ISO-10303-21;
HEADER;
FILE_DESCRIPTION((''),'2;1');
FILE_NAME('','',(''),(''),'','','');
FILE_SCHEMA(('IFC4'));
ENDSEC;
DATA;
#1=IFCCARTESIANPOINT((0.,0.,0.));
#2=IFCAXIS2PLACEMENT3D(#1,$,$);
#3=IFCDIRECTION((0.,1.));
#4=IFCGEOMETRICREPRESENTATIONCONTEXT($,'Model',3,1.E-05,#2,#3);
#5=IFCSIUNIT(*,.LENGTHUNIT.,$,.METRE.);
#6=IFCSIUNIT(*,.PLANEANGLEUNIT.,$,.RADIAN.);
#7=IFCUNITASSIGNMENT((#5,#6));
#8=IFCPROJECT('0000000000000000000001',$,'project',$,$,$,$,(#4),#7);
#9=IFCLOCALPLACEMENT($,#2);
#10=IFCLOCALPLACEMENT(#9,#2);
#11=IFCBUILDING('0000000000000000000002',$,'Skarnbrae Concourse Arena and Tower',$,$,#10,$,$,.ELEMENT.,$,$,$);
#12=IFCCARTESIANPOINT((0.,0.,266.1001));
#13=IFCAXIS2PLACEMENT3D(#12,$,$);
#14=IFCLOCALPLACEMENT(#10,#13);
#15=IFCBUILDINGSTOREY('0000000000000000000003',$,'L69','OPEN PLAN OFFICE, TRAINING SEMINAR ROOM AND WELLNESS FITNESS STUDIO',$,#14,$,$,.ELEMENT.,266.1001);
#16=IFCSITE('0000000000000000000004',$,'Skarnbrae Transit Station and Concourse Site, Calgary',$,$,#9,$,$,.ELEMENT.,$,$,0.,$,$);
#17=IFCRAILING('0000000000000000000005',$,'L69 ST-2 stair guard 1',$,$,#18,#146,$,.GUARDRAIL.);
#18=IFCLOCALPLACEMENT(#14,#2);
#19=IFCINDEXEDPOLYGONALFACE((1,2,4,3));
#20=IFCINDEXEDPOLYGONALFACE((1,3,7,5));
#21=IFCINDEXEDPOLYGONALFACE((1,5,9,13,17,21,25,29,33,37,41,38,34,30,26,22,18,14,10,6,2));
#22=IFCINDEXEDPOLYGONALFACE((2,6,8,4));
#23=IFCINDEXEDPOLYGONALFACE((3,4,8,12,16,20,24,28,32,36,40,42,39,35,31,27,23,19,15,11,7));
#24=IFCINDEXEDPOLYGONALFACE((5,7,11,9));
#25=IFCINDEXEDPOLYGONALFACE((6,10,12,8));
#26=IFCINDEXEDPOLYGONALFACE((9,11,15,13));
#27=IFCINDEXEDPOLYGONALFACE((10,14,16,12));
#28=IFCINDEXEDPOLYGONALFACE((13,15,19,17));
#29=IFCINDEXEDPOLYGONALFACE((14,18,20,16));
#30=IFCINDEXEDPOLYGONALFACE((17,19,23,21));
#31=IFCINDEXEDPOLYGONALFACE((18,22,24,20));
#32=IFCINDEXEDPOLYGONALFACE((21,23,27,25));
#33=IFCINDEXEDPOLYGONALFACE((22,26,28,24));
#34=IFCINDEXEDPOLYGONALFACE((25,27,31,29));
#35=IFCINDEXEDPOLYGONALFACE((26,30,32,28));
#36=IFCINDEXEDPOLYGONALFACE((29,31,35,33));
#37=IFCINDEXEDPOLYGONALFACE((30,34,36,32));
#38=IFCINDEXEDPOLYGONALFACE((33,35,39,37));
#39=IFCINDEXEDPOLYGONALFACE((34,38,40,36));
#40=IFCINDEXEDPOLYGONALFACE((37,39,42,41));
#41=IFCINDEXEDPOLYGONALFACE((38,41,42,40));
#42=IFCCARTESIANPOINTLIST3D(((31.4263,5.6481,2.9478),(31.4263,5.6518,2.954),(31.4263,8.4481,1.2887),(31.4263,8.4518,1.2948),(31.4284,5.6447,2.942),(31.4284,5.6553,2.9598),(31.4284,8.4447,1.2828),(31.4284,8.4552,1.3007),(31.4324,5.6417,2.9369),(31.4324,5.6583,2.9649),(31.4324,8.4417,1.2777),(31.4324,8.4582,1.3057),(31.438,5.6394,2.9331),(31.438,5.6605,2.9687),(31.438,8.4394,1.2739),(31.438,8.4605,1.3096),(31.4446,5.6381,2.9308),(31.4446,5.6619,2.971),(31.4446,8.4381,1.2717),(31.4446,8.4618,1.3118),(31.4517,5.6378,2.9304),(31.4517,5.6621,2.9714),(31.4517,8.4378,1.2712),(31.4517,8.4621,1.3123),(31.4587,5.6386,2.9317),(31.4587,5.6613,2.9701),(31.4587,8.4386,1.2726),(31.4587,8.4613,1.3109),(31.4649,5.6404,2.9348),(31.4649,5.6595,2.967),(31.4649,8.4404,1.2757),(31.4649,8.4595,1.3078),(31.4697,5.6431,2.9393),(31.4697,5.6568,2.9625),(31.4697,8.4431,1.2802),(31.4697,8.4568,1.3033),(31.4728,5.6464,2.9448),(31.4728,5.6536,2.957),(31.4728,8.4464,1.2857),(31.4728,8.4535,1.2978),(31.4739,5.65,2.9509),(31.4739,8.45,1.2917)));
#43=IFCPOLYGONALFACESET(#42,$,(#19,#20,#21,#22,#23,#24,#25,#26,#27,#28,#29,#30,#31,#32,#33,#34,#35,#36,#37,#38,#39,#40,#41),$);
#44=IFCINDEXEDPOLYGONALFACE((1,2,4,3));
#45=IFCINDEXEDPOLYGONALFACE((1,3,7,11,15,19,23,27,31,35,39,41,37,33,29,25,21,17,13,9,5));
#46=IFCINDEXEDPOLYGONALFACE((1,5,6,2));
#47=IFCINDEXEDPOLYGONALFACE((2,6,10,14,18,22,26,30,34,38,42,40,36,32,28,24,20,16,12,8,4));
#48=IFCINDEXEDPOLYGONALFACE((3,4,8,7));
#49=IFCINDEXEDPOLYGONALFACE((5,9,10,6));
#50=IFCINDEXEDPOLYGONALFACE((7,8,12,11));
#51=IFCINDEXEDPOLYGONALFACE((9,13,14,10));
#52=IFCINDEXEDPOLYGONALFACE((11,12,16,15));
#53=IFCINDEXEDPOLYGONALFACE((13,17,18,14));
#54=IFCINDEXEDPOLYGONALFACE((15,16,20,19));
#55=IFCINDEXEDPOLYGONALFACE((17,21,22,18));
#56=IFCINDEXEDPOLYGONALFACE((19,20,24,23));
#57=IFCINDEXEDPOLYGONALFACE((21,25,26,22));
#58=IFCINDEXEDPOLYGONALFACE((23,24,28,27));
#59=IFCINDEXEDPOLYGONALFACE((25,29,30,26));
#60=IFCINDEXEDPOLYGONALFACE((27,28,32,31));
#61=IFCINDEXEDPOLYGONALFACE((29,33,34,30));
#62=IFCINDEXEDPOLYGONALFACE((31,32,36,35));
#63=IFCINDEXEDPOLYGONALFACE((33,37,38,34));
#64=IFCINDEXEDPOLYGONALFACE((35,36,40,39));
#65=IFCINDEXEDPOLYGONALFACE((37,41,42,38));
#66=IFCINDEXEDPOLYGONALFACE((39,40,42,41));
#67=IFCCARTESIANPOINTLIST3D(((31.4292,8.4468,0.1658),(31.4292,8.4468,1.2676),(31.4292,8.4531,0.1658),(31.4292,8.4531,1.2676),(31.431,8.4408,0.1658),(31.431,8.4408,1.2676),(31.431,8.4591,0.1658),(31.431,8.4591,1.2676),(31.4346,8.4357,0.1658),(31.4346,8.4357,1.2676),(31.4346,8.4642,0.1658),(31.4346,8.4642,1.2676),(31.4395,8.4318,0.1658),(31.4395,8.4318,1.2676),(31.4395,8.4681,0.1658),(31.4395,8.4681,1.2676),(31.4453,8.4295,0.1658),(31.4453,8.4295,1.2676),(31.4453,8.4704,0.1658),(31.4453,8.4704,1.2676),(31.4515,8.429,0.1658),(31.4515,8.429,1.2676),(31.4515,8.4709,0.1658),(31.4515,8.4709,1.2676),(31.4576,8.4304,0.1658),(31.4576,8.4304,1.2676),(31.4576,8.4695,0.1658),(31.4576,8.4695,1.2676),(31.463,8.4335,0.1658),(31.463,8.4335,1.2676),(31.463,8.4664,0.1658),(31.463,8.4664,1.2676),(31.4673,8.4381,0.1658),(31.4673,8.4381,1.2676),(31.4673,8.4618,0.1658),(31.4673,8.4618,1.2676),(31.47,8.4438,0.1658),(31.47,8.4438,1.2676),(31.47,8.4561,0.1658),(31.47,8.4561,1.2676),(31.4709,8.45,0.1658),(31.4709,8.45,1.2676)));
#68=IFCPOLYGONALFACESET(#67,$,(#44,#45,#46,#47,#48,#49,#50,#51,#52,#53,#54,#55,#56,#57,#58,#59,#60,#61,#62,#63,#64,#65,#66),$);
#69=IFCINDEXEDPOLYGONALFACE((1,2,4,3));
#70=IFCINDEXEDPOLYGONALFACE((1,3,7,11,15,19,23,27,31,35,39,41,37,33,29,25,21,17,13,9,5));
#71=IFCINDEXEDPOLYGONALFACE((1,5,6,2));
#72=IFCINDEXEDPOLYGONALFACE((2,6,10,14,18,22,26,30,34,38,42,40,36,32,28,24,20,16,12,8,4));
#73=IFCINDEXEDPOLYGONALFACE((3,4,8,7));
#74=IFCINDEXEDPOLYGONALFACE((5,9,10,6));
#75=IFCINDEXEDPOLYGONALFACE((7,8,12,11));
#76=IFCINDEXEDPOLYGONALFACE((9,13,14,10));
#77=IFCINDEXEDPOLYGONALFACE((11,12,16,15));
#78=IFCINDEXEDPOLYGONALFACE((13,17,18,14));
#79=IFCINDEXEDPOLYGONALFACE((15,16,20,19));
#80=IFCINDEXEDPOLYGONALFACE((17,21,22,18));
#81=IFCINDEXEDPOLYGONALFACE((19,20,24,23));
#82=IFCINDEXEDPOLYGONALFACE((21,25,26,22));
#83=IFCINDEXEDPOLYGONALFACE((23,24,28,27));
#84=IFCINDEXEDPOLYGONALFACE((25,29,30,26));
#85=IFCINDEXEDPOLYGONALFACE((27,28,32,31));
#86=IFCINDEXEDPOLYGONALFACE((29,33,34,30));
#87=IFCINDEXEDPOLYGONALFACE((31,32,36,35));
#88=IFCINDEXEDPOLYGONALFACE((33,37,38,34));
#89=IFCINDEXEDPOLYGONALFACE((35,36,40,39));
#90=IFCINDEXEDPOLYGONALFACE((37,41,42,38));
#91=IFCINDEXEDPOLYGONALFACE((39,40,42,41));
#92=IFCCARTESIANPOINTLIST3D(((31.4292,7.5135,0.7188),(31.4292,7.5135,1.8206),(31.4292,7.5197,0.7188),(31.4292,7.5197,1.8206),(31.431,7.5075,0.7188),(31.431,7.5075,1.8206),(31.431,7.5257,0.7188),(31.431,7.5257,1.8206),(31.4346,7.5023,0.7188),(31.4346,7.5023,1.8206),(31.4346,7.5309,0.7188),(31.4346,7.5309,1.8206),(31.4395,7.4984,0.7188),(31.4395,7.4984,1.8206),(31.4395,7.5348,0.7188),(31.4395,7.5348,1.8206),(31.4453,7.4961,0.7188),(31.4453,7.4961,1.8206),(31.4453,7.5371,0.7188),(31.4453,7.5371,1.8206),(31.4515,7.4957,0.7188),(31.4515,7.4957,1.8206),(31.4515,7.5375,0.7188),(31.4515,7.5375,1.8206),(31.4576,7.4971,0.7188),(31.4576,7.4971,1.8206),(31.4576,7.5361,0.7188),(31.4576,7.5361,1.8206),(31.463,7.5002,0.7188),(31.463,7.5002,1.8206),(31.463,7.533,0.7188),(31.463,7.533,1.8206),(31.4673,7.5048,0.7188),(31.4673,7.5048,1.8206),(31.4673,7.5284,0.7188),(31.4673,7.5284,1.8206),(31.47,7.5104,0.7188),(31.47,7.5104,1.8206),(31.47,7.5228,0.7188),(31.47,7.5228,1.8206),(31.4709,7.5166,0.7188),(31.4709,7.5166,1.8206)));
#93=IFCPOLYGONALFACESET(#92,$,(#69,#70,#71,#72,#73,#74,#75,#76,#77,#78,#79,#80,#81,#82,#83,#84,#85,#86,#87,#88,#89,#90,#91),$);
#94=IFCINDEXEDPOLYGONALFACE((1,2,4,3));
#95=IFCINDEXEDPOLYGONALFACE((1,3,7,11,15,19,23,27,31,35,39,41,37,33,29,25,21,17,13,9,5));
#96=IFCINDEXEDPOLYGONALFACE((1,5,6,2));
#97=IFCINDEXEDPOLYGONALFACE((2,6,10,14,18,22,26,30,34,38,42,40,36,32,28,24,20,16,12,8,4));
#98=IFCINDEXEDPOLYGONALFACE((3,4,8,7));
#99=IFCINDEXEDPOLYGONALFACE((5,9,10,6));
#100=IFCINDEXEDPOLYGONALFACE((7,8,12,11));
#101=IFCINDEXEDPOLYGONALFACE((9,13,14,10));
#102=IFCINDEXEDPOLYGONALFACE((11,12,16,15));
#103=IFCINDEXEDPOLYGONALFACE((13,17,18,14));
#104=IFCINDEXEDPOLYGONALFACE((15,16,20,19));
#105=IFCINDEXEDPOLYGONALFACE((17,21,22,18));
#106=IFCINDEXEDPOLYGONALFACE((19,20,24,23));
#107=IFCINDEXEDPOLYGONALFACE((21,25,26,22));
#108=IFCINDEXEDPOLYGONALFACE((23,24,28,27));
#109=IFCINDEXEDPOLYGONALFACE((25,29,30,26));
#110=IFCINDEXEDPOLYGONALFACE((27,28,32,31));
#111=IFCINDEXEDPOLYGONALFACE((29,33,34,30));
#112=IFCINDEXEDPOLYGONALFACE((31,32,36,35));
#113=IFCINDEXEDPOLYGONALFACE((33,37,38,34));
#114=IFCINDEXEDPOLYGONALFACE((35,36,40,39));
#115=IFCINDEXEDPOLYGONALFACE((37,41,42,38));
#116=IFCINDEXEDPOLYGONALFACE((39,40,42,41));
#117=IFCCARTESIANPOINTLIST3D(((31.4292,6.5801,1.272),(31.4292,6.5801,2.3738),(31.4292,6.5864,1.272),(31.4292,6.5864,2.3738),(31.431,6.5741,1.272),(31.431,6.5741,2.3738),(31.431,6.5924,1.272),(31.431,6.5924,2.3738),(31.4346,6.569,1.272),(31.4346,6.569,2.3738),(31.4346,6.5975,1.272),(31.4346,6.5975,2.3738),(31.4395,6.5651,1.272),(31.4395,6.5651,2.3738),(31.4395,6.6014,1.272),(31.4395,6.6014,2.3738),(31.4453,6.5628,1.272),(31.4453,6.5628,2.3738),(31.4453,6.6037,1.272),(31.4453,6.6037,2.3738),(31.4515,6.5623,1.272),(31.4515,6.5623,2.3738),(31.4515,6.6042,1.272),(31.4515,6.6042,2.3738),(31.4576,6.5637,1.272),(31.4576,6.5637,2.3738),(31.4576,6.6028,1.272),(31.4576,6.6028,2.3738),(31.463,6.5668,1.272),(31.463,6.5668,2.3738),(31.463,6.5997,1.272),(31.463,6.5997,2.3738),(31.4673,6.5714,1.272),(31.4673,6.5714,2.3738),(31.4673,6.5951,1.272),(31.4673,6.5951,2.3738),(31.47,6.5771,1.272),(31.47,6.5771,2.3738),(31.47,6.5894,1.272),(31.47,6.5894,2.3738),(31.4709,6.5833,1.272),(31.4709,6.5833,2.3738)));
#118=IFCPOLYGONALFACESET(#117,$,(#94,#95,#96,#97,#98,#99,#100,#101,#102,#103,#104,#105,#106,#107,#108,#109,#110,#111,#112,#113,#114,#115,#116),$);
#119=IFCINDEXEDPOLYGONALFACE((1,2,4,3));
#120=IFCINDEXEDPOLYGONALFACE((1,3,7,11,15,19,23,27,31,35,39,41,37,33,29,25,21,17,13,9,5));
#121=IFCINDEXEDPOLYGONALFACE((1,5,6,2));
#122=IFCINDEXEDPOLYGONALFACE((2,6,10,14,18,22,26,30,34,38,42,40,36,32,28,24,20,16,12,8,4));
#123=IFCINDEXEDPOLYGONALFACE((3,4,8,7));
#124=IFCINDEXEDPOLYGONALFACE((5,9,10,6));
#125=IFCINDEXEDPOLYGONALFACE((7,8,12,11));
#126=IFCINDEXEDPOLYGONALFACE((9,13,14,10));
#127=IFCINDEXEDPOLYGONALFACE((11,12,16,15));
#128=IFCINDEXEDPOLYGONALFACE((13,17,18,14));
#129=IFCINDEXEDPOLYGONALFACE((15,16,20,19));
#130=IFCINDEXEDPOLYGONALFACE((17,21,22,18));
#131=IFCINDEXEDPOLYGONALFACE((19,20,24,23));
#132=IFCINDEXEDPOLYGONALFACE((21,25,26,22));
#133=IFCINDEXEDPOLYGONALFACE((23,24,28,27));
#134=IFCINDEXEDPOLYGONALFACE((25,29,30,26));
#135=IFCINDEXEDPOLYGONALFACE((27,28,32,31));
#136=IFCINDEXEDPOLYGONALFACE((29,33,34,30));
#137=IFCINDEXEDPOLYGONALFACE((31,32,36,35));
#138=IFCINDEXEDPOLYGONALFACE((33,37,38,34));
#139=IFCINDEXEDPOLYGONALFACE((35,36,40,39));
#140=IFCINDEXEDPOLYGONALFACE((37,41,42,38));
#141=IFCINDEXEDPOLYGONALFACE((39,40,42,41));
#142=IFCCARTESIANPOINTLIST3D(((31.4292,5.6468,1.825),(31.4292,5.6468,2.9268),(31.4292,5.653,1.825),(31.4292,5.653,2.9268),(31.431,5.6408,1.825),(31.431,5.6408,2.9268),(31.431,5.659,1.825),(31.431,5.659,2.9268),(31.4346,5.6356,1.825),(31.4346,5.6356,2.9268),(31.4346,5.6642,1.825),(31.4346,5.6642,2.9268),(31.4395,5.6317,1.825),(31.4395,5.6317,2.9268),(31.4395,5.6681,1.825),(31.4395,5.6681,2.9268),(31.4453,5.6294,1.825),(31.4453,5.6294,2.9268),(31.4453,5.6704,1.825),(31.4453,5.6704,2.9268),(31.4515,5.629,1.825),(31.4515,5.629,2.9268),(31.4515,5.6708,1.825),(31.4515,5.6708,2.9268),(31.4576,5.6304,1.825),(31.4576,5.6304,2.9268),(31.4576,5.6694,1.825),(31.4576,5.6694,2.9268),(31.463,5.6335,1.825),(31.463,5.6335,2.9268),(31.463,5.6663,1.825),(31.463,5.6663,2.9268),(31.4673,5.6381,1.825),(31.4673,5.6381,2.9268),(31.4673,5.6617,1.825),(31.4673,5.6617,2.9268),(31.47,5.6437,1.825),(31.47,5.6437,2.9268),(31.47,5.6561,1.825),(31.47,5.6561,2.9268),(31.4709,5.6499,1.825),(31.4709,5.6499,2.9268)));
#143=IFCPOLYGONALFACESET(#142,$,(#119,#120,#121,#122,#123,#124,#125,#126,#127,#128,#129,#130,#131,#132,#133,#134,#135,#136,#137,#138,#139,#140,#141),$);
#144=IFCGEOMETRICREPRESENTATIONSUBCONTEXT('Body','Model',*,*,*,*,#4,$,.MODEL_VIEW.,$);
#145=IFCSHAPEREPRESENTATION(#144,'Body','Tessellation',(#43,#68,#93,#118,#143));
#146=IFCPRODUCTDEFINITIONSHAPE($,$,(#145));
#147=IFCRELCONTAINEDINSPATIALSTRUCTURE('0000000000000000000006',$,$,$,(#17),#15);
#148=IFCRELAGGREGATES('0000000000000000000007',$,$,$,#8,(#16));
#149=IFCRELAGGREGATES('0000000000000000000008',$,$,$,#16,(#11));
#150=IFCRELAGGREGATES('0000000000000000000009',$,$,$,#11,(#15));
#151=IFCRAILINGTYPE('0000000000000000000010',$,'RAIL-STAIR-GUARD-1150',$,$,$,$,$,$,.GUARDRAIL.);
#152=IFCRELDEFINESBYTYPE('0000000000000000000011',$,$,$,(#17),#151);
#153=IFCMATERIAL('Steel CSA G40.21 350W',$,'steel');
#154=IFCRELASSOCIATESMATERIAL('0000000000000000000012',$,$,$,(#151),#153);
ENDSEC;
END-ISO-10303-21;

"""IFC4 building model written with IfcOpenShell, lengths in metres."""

from ifc_helpers import new_model, si_unit, direction, frame, origin, origin_2d, place, context, subcontext, project, spatial, circle, extrude, material, type_object, element, save


model = new_model("IFC4")

# Units and contexts
model_context = context("Model", 3, precision=1e-05, world=origin(), true_north=direction((0.0, 1.0)))
body_context = subcontext(model_context, "Body", "Model", "MODEL_VIEW")
ifc_project = project(units=[si_unit("LENGTHUNIT", "METRE"), si_unit("PLANEANGLEUNIT", "RADIAN")], contexts=[model_context])

# Site, building, storey
site_placement = place(None, origin())
site = spatial("IfcSite", under=ifc_project, at=site_placement, Name="Skarnbrae Transit Station and Concourse Site, Calgary", CompositionType="ELEMENT", RefElevation=0.0)
building_placement = place(site_placement, origin())
building = spatial("IfcBuilding", under=site, at=building_placement, Name="Skarnbrae Concourse Arena and Tower", CompositionType="ELEMENT")
storey_placement = place(building_placement, frame((0.0, 0.0, 266.1001)))
storey = spatial("IfcBuildingStorey", under=building, at=storey_placement, Name="L69", Description="OPEN PLAN OFFICE, TRAINING SEMINAR ROOM AND WELLNESS FITNESS STUDIO", CompositionType="ELEMENT", Elevation=266.1001)

# Shared definitions
ifc_material_1 = material(Name="Steel CSA G40.21 350W", Category="steel")

# Railing
railing_type = type_object("IfcRailingType", Name="RAIL-STAIR-GUARD-1150", PredefinedType="GUARDRAIL", material=ifc_material_1)
railing_1_placement = place(storey_placement, frame((31.45, 8.45, 0.1658)))
element("IfcRailing", 1, at=railing_1_placement, inside=storey, type_object=railing_type, Name="L69 ST-2 stair guard 1", PredefinedType="GUARDRAIL", context=body_context, shape_type="SweptSolid", body=[
    extrude(circle(Radius=0.0239, at=origin_2d()), frame((0.0, 0.0, 1.126), z_axis=(0.0, -0.860306, 0.509778), x_axis=(1.0, 0.0, 0.0)), (0.0, 0.0, 1.0), 3.2546),
    extrude(circle(Radius=0.021, at=origin_2d()), origin(), (0.0, 0.0, 1.0), 1.1018),
    extrude(circle(Radius=0.021, at=origin_2d()), frame((0.0, -0.9333, 0.553)), (0.0, 0.0, 1.0), 1.1018),
    extrude(circle(Radius=0.021, at=origin_2d()), frame((0.0, -1.8667, 1.1062)), (0.0, 0.0, 1.0), 1.1018),
    extrude(circle(Radius=0.021, at=origin_2d()), frame((0.0, -2.8, 1.6592)), (0.0, 0.0, 1.0), 1.1018),
])

save(model, "model.ifc")
